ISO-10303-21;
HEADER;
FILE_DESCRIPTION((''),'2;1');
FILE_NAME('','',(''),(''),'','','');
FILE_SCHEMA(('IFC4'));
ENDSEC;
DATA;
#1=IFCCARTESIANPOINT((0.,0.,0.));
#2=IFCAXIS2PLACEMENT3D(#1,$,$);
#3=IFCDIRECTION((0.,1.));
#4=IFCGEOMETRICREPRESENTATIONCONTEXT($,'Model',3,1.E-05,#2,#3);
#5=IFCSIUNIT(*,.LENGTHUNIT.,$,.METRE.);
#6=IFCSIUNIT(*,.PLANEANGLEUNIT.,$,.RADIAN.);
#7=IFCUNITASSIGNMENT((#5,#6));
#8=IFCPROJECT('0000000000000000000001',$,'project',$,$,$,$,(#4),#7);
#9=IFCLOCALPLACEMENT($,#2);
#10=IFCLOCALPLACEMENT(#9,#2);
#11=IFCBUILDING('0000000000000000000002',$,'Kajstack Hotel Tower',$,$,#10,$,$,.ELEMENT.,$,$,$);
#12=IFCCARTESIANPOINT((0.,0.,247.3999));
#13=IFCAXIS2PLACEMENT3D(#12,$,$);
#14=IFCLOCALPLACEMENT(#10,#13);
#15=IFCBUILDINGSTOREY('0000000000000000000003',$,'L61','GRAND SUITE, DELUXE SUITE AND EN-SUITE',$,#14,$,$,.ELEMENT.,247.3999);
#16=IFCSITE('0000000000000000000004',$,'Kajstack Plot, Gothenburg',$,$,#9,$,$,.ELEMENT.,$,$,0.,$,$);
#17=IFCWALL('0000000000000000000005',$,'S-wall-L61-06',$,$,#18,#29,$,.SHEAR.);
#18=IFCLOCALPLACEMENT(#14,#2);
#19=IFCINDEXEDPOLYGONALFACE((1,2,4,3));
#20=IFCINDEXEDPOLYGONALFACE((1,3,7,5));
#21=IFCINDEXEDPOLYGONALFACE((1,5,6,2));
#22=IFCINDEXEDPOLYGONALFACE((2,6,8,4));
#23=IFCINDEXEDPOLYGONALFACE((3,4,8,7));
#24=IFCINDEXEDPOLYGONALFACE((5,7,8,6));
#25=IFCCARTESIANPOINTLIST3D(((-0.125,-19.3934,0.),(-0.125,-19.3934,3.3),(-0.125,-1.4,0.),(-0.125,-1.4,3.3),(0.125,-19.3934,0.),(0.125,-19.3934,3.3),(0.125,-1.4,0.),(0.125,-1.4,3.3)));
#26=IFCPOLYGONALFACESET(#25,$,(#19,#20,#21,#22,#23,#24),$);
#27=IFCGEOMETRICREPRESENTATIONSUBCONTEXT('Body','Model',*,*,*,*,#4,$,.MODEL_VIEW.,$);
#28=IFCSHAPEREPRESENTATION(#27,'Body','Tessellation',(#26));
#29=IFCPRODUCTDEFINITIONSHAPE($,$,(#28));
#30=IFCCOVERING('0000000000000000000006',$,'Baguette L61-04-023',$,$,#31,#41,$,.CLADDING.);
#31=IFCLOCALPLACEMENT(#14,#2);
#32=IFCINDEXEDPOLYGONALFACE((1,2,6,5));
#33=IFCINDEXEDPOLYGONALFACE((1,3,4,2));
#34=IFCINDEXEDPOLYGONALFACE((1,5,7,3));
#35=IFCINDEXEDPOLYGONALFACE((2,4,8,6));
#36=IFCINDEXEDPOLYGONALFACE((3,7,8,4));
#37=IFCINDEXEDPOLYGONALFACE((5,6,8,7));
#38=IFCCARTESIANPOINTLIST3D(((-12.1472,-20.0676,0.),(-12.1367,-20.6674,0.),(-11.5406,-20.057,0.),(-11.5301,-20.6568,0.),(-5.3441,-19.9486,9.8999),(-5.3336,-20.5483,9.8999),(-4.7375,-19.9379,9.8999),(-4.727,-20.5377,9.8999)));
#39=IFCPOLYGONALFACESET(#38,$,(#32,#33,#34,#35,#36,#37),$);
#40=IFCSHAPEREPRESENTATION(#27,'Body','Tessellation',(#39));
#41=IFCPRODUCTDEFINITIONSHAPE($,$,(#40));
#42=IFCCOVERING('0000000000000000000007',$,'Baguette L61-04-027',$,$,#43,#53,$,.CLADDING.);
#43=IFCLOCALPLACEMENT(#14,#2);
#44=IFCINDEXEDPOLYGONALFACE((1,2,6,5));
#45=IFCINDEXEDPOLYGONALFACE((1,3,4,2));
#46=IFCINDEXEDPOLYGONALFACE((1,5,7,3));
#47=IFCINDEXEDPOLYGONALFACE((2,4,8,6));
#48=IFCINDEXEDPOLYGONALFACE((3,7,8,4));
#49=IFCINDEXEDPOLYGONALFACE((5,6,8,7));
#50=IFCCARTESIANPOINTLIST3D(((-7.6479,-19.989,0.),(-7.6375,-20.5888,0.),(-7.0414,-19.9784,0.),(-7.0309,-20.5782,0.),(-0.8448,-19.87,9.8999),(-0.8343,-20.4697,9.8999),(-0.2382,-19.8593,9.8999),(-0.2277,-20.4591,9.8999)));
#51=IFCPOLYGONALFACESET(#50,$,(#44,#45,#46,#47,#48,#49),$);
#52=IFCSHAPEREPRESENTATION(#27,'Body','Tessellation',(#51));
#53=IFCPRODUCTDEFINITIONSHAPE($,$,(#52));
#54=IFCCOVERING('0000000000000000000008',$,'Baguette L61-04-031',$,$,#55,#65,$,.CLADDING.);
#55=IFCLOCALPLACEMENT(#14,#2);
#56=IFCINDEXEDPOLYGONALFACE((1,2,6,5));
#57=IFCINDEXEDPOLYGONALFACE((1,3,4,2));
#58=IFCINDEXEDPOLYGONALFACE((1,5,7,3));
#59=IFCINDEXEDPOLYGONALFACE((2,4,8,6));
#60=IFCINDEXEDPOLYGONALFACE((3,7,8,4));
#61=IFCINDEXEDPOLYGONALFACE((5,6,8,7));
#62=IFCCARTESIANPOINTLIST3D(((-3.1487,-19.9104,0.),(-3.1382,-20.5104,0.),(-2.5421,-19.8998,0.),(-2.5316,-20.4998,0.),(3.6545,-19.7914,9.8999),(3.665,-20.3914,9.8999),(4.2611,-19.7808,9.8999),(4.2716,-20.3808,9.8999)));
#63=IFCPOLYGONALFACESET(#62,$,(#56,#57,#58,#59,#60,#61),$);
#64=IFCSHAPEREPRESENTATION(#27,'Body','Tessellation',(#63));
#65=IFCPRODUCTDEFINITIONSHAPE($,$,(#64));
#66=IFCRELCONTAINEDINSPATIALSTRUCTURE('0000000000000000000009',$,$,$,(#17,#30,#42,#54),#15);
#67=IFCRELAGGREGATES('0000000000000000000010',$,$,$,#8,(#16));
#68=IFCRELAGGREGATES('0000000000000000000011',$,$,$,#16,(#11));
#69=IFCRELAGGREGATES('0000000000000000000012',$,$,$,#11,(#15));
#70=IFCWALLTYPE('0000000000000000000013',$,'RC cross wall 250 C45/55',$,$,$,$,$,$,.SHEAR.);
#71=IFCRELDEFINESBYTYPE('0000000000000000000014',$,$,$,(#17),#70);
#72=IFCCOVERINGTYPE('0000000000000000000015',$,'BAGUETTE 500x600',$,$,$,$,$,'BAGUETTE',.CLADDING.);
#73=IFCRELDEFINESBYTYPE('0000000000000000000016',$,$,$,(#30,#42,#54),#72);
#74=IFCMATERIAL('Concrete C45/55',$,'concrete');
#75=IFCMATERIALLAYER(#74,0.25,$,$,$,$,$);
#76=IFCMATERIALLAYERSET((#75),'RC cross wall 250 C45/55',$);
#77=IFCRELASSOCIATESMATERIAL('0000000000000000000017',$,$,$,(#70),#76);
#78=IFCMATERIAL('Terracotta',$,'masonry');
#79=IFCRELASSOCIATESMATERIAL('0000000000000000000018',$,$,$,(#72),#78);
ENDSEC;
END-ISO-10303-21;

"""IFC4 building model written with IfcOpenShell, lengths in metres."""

from ifc_helpers import new_model, si_unit, direction, frame, frame_2d, origin, origin_2d, place, context, subcontext, project, spatial, polyline, rectangle, outline, extrude, material, layer, layer_set, material_profile, profile_set, type_object, element, save


model = new_model("IFC4")

# Units and contexts
model_context = context("Model", 3, precision=1e-05, world=origin(), true_north=direction((0.0, 1.0)))
body_context = subcontext(model_context, "Body", "Model", "MODEL_VIEW")
ifc_project = project(units=[si_unit("LENGTHUNIT", "METRE"), si_unit("PLANEANGLEUNIT", "RADIAN")], contexts=[model_context])

# Site, building, storey
site_placement = place(None, origin())
site = spatial("IfcSite", under=ifc_project, at=site_placement, Name="Kajstack Plot, Gothenburg", CompositionType="ELEMENT", RefElevation=0.0)
building_placement = place(site_placement, origin())
building = spatial("IfcBuilding", under=site, at=building_placement, Name="Kajstack Hotel Tower", CompositionType="ELEMENT")
storey_placement = place(building_placement, frame((0.0, 0.0, 247.3999)))
storey = spatial("IfcBuildingStorey", under=building, at=storey_placement, Name="L61", Description="GRAND SUITE, DELUXE SUITE AND EN-SUITE", CompositionType="ELEMENT", Elevation=247.3999)

# Wall
ifc_material_1 = material(Name="Concrete C45/55", Category="concrete")
ifc_layer_1 = layer(ifc_material_1, 0.25)
ifc_layer_set_1 = layer_set([ifc_layer_1], Name="RC cross wall 250 C45/55")
wall_type_1 = type_object("IfcWallType", Name="RC cross wall 250 C45/55", PredefinedType="SHEAR", material=ifc_layer_set_1)
wall_1_placement = place(storey_placement, frame((0.0, -19.3933, 0.0), z_axis=(0.0, 0.0, 1.0), x_axis=(0.0, 1.0, 0.0)))
element("IfcWall", 1, at=wall_1_placement, inside=storey, type_object=wall_type_1, Name="S-wall-L61-06", PredefinedType="SHEAR", context=body_context, shape_type="SweptSolid", body=[
    extrude(rectangle(XDim=17.9934, YDim=0.25, at=frame_2d((8.9966, 0.0))), origin(), (0.0, 0.0, 1.0), 3.3),
])

# Coverings
ifc_material_2 = material(Name="Terracotta", Category="masonry")
ifc_material_profile = material_profile(ifc_material_2, rectangle(XDim=0.6001, YDim=0.5, at=origin_2d()), Name="Terracotta-clad concrete baguette 500 x 600")
ifc_profile_set = profile_set([ifc_material_profile], Name="Terracotta")
covering_type = type_object("IfcCoveringType", Name="BAGUETTE 500x600", ElementType="BAGUETTE", PredefinedType="CLADDING", material=ifc_profile_set)
for number, where, z_axis, x_axis, name in (
    (2, (-12.1472, -20.0676, 0.0), (0.017498, -0.999847, 0.0), (0.999847, 0.017498, 0.0), "Baguette L61-04-023"),
    (3, (-7.6479, -19.989, 0.0), (0.017498, -0.999847, 0.0), (0.999847, 0.017498, 0.0), "Baguette L61-04-027"),
):
    element("IfcCovering", number, at=place(storey_placement, frame(where, z_axis=z_axis, x_axis=x_axis)), inside=storey, type_object=covering_type, Name=name, PredefinedType="CLADDING", context=body_context, shape_type="SweptSolid", body=[
        extrude(outline(polyline([(6.8042, 9.8999), (0.0, 0.0), (0.6067, 0.0), (7.4109, 9.8999), (6.8042, 9.8999)])), origin(), (0.0, 0.0, 1.0), 0.5999),
    ])
covering_placement = place(storey_placement, frame((-3.1487, -19.9104, 0.0), z_axis=(0.017491, -0.999847, 0.0), x_axis=(0.999847, 0.017491, 0.0)))
element("IfcCovering", 4, at=covering_placement, inside=storey, type_object=covering_type, Name="Baguette L61-04-031", PredefinedType="CLADDING", context=body_context, shape_type="SweptSolid", body=[
    extrude(outline(polyline([(6.8042, 9.8999), (0.0, 0.0), (0.6067, 0.0), (7.4109, 9.8999), (6.8042, 9.8999)])), origin(), (0.0, 0.0, 1.0), 0.6001),
])

save(model, "model.ifc")
